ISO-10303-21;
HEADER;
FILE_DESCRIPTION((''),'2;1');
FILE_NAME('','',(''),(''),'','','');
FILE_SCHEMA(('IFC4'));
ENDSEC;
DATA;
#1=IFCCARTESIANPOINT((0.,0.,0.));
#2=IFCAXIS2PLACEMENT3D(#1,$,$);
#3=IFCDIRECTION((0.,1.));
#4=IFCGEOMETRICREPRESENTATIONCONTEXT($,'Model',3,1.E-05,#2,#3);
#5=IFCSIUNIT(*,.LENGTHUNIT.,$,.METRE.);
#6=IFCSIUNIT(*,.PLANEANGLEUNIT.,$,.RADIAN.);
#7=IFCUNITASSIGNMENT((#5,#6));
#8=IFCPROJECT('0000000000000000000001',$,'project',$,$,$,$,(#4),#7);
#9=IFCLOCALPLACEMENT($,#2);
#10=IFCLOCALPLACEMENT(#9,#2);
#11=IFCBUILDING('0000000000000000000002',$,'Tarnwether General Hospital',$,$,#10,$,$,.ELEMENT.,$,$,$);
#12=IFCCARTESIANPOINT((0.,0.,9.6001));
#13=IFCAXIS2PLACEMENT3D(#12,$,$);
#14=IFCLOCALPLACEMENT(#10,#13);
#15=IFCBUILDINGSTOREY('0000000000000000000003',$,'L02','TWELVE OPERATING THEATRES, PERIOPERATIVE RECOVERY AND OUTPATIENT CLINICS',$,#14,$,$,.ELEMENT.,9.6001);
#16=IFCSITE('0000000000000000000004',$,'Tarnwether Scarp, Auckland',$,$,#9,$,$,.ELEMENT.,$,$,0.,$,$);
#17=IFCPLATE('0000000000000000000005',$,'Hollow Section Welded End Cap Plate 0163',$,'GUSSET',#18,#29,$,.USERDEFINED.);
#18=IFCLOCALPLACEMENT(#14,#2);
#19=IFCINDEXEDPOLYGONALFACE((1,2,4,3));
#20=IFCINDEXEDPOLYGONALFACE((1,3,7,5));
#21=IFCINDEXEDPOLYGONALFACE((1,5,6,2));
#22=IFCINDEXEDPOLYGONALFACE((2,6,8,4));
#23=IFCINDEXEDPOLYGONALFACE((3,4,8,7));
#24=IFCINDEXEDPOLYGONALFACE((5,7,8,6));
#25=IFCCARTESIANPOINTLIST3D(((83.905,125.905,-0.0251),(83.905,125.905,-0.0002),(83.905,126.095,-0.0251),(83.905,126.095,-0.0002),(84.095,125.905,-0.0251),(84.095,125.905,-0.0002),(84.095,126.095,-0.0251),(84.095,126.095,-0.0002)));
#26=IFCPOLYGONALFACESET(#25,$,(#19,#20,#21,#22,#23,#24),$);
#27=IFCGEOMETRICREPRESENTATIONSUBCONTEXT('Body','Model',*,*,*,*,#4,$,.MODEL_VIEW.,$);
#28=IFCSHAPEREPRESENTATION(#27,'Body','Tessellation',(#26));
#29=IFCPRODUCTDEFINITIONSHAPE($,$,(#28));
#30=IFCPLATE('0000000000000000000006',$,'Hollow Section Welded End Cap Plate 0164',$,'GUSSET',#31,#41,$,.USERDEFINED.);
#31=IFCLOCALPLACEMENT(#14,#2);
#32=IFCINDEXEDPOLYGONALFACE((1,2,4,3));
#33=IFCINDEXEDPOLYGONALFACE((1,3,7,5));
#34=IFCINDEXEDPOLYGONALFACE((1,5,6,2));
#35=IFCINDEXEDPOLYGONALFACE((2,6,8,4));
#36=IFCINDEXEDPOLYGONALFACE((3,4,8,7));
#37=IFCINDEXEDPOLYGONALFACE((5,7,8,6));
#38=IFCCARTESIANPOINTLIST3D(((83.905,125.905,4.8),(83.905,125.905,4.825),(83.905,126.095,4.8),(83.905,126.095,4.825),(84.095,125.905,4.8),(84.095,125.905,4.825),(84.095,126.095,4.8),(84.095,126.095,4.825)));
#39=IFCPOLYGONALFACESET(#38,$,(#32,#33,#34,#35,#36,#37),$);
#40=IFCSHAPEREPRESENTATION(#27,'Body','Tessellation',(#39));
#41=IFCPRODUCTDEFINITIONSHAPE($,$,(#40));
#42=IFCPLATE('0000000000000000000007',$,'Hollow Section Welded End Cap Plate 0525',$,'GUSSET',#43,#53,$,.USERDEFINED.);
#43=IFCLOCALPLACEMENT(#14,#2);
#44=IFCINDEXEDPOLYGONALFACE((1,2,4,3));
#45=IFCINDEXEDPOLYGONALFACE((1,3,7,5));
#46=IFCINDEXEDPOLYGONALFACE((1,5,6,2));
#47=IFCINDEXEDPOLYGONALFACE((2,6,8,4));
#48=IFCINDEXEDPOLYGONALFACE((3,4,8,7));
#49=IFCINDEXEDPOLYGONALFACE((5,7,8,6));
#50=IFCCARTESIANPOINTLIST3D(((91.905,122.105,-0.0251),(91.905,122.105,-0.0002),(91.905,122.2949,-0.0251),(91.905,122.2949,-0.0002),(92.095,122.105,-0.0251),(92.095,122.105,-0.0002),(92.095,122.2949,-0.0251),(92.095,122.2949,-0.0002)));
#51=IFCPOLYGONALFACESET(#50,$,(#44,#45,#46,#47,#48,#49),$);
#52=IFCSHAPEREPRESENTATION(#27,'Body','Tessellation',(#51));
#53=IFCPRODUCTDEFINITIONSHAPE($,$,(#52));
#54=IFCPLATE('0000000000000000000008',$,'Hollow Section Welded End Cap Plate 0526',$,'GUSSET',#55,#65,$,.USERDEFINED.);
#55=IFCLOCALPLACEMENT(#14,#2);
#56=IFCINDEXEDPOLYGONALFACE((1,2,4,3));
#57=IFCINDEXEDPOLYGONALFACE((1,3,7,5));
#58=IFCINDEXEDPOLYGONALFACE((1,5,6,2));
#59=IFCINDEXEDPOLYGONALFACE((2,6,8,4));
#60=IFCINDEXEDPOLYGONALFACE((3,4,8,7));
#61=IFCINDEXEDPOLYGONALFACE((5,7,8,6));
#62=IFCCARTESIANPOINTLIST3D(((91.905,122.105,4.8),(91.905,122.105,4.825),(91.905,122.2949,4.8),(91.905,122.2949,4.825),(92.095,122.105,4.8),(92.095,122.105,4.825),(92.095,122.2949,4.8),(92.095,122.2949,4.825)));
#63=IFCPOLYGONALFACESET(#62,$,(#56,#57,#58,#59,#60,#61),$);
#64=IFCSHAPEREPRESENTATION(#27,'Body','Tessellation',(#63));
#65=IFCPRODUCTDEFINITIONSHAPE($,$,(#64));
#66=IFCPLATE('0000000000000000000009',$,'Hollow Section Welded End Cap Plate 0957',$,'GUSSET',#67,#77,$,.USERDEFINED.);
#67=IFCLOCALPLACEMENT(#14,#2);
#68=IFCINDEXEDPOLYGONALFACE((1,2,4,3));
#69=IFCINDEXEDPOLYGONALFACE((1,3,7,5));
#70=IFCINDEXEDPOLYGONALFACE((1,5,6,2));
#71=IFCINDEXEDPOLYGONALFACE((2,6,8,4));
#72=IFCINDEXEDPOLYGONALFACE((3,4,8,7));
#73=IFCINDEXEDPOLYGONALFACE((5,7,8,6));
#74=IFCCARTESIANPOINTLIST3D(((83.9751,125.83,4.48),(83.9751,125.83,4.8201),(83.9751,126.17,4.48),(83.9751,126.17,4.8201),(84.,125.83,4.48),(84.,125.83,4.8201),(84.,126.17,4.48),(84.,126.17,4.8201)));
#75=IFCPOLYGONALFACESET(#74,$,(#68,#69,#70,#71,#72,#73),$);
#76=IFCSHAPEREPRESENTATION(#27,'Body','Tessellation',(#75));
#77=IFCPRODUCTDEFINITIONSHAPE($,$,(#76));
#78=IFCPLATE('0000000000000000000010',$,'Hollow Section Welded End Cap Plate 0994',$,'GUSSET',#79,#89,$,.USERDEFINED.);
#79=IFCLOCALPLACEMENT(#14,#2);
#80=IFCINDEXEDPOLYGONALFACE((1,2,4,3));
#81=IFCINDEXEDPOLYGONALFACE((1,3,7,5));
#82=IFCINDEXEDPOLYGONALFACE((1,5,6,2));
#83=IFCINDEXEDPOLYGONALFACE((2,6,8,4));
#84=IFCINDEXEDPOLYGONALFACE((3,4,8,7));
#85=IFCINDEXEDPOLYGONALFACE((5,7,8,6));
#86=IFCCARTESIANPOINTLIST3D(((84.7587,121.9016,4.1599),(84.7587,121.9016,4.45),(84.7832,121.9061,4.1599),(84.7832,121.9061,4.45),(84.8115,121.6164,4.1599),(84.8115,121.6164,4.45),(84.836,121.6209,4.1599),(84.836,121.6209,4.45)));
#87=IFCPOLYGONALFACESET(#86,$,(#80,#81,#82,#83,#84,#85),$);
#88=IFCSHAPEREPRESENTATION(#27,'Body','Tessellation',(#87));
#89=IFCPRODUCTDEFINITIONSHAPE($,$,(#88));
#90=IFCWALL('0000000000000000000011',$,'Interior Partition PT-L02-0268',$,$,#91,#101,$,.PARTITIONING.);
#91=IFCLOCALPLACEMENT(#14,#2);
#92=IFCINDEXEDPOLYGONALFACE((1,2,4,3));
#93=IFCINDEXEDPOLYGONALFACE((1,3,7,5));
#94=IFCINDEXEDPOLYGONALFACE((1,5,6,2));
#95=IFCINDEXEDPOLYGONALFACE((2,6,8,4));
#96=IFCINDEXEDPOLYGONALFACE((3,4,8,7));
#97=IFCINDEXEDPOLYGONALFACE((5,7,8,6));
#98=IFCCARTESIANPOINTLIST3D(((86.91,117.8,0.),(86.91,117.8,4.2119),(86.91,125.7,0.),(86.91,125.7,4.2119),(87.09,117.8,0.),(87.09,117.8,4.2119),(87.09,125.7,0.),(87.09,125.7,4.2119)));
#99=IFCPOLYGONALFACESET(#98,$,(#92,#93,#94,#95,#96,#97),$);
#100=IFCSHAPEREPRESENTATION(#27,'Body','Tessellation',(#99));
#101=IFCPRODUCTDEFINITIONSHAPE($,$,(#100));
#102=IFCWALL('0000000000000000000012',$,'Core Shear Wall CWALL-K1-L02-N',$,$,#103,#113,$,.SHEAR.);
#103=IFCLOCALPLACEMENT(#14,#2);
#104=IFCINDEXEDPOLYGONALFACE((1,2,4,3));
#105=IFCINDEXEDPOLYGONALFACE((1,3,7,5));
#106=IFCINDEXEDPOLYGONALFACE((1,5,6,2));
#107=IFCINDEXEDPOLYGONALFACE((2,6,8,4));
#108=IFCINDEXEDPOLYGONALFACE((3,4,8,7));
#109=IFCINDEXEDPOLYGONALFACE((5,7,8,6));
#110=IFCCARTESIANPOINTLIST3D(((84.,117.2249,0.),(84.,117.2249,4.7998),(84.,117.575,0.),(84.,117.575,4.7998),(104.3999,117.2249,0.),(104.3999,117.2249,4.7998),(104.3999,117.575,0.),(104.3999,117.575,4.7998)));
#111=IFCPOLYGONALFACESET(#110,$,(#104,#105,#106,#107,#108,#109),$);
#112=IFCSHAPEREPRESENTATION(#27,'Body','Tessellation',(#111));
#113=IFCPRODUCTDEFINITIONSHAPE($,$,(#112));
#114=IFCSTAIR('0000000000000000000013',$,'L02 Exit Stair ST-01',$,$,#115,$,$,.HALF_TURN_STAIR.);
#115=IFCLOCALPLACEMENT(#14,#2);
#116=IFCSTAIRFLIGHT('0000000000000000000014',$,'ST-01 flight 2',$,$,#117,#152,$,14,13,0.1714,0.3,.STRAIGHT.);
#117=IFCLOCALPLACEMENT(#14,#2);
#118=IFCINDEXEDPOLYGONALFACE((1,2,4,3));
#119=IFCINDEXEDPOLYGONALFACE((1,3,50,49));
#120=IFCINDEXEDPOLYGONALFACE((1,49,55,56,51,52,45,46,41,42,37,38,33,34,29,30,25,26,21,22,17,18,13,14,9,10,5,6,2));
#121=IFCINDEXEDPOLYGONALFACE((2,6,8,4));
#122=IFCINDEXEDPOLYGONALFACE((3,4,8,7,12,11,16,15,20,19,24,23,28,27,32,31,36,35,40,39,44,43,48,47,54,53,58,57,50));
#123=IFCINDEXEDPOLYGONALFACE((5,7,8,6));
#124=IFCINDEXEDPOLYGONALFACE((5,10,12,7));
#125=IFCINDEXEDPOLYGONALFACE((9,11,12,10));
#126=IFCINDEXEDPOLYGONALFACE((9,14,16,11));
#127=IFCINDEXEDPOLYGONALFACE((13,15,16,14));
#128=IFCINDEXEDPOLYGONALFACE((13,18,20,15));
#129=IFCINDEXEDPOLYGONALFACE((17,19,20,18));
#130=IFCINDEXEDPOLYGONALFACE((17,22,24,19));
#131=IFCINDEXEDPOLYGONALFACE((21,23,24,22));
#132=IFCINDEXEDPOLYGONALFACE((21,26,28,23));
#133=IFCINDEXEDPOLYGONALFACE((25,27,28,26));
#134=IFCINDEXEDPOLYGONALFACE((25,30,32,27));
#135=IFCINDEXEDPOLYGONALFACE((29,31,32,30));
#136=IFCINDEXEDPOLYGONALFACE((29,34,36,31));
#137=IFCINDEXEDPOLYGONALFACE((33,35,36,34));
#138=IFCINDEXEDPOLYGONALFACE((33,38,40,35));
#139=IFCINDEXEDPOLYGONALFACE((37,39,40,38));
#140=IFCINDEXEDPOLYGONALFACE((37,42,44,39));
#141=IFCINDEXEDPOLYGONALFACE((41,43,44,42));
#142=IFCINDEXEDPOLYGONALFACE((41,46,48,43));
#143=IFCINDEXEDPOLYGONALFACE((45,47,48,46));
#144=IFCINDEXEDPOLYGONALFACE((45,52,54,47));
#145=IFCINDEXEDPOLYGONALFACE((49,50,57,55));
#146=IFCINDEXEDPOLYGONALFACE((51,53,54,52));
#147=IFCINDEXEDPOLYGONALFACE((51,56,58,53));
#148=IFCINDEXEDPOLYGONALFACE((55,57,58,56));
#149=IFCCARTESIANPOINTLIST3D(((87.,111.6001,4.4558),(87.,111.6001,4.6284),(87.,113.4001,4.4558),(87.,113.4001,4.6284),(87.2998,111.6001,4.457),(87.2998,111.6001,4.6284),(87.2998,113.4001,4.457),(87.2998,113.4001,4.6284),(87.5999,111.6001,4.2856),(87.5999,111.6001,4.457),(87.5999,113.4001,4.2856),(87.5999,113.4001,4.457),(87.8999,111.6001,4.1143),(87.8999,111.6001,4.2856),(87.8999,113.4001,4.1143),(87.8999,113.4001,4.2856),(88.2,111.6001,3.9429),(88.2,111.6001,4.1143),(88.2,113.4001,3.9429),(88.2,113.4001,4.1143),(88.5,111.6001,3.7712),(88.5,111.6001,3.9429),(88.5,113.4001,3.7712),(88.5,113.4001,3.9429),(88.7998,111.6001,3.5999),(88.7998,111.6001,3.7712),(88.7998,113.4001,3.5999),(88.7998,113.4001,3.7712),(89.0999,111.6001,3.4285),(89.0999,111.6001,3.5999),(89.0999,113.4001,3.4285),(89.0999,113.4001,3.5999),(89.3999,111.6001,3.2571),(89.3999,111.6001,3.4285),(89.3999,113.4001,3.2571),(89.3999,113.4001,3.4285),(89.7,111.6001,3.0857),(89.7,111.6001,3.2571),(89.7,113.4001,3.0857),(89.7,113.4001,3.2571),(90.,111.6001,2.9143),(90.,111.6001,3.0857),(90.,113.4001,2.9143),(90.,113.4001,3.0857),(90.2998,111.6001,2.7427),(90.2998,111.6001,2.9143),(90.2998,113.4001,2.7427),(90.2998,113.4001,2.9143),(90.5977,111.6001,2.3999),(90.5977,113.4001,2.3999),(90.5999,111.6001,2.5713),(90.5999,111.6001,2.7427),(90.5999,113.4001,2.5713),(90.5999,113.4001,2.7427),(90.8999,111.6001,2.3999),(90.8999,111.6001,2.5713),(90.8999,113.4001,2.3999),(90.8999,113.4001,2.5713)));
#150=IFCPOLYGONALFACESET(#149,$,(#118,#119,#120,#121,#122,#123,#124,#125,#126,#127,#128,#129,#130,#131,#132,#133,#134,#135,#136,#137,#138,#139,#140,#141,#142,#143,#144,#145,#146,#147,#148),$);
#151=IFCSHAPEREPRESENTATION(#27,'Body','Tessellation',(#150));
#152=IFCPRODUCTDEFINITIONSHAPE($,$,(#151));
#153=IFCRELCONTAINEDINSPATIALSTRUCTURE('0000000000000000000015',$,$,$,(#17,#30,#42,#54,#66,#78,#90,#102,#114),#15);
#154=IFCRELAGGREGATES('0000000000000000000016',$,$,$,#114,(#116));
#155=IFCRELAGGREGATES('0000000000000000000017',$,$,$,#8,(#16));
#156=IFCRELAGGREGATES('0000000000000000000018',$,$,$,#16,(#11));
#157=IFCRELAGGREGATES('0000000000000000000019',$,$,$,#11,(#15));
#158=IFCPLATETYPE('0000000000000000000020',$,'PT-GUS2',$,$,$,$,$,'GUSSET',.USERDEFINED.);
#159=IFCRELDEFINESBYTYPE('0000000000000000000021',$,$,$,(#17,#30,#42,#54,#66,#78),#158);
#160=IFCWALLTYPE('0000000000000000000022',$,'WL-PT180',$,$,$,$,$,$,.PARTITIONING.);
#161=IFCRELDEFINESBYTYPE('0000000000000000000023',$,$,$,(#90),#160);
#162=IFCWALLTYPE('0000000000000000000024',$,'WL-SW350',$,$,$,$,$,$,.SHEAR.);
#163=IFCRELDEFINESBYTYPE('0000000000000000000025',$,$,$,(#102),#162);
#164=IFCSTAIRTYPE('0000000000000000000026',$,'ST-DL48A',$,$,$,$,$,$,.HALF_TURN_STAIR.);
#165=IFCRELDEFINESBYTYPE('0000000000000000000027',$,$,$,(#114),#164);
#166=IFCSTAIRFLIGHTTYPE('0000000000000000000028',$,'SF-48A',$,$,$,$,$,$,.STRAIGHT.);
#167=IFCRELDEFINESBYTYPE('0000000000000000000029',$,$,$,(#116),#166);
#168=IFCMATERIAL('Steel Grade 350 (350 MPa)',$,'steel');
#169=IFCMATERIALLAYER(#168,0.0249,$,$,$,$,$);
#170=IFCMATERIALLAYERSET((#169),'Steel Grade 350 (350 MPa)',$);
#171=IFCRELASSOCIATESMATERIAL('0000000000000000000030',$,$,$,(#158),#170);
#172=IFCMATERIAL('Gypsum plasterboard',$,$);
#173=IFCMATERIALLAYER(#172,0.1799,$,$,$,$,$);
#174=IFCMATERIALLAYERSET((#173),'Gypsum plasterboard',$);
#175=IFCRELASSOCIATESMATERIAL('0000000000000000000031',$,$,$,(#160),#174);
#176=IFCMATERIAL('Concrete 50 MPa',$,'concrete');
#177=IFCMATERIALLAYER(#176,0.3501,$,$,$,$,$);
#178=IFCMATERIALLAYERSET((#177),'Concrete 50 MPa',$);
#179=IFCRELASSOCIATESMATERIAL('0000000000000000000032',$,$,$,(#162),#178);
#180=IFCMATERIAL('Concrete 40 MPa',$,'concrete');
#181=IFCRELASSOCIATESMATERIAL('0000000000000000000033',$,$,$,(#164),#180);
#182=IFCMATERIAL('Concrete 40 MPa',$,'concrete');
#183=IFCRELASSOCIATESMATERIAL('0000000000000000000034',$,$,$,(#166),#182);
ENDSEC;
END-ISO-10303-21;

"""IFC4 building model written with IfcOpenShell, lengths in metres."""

from ifc_helpers import new_model, si_unit, direction, frame, frame_2d, origin, origin_2d, place, context, subcontext, project, spatial, polyline, rectangle, outline, extrude, material, layer, layer_set, type_object, element, aggregate, save


model = new_model("IFC4")

# Units and contexts
model_context = context("Model", 3, precision=1e-05, world=origin(), true_north=direction((0.0, 1.0)))
body_context = subcontext(model_context, "Body", "Model", "MODEL_VIEW")
ifc_project = project(units=[si_unit("LENGTHUNIT", "METRE"), si_unit("PLANEANGLEUNIT", "RADIAN")], contexts=[model_context])

# Site, building, storey
site_placement = place(None, origin())
site = spatial("IfcSite", under=ifc_project, at=site_placement, Name="Tarnwether Scarp, Auckland", CompositionType="ELEMENT", RefElevation=0.0)
building_placement = place(site_placement, origin())
building = spatial("IfcBuilding", under=site, at=building_placement, Name="Tarnwether General Hospital", CompositionType="ELEMENT")
storey_placement = place(building_placement, frame((0.0, 0.0, 9.6001)))
storey = spatial("IfcBuildingStorey", under=building, at=storey_placement, Name="L02", Description="TWELVE OPERATING THEATRES, PERIOPERATIVE RECOVERY AND OUTPATIENT CLINICS", CompositionType="ELEMENT", Elevation=9.6001)

# Plates
ifc_material_1 = material(Name="Steel Grade 350 (350 MPa)", Category="steel")
ifc_layer_1 = layer(ifc_material_1, 0.0249)
ifc_layer_set_1 = layer_set([ifc_layer_1], Name="Steel Grade 350 (350 MPa)")
plate_type_1 = type_object("IfcPlateType", Name="PT-GUS2", ElementType="GUSSET", PredefinedType="USERDEFINED", material=ifc_layer_set_1)
for number, where, z_axis, x_axis, name in (
    (1, (84.0, 126.0, -0.0251), (0.0, 0.0, 1.0), (1.0, 0.0, 0.0), "Hollow Section Welded End Cap Plate 0163"),
    (2, (84.0, 126.0, 4.8), (0.0, 0.0, 1.0), (1.0, 0.0, 0.0), "Hollow Section Welded End Cap Plate 0164"),
    (3, (92.0, 122.2, -0.0251), (0.0, 0.0, 1.0), (1.0, 0.0, 0.0), "Hollow Section Welded End Cap Plate 0525"),
    (4, (92.0, 122.2, 4.8), (0.0, 0.0, 1.0), (1.0, 0.0, 0.0), "Hollow Section Welded End Cap Plate 0526"),
):
    element("IfcPlate", number, at=place(storey_placement, frame(where, z_axis=z_axis, x_axis=x_axis)), inside=storey, type_object=plate_type_1, Name=name, ObjectType="GUSSET", PredefinedType="USERDEFINED", context=body_context, shape_type="SweptSolid", body=[
        extrude(rectangle(XDim=0.1899, YDim=0.1899, at=origin_2d()), origin(), (0.0, 0.0, 1.0), 0.0249),
    ])
plate_1_placement = place(storey_placement, frame((83.9875, 126.0, 4.48), z_axis=(0.0, 0.0, 1.0), x_axis=(1.0, 0.0, 0.0)))
element("IfcPlate", 5, at=plate_1_placement, inside=storey, type_object=plate_type_1, Name="Hollow Section Welded End Cap Plate 0957", ObjectType="GUSSET", PredefinedType="USERDEFINED", context=body_context, shape_type="SweptSolid", body=[
    extrude(rectangle(XDim=0.0249, YDim=0.3401, at=origin_2d()), origin(), (0.0, 0.0, 1.0), 0.3401),
])
plate_2_placement = place(storey_placement, frame((84.7974, 121.7612, 4.1599), z_axis=(0.0, 0.0, 1.0), x_axis=(0.983261, 0.182201, 0.0)))
element("IfcPlate", 6, at=plate_2_placement, inside=storey, type_object=plate_type_1, Name="Hollow Section Welded End Cap Plate 0994", ObjectType="GUSSET", PredefinedType="USERDEFINED", context=body_context, shape_type="SweptSolid", body=[
    extrude(rectangle(XDim=0.0249, YDim=0.29, at=origin_2d()), origin(), (0.0, 0.0, 1.0), 0.29),
])

# Walls
ifc_material_2 = material(Name="Gypsum plasterboard")
ifc_layer_2 = layer(ifc_material_2, 0.1799)
ifc_layer_set_2 = layer_set([ifc_layer_2], Name="Gypsum plasterboard")
wall_type_1 = type_object("IfcWallType", Name="WL-PT180", PredefinedType="PARTITIONING", material=ifc_layer_set_2)
wall_1_placement = place(storey_placement, frame((87.0, 117.8, 0.0), z_axis=(0.0, 0.0, 1.0), x_axis=(0.0, 1.0, 0.0)))
element("IfcWall", 7, at=wall_1_placement, inside=storey, type_object=wall_type_1, Name="Interior Partition PT-L02-0268", PredefinedType="PARTITIONING", context=body_context, shape_type="SweptSolid", body=[
    extrude(rectangle(XDim=7.8999, YDim=0.1799, at=frame_2d((3.95, 0.0))), origin(), (0.0, 0.0, 1.0), 4.2119),
])
ifc_material_3 = material(Name="Concrete 50 MPa", Category="concrete")
ifc_layer_3 = layer(ifc_material_3, 0.3501)
ifc_layer_set_3 = layer_set([ifc_layer_3], Name="Concrete 50 MPa")
wall_type_2 = type_object("IfcWallType", Name="WL-SW350", PredefinedType="SHEAR", material=ifc_layer_set_3)
wall_2_placement = place(storey_placement, frame((84.0, 117.3999, 0.0), z_axis=(0.0, 0.0, 1.0), x_axis=(1.0, 0.0, 0.0)))
element("IfcWall", 8, at=wall_2_placement, inside=storey, type_object=wall_type_2, Name="Core Shear Wall CWALL-K1-L02-N", PredefinedType="SHEAR", context=body_context, shape_type="SweptSolid", body=[
    extrude(rectangle(XDim=20.3999, YDim=0.3501, at=frame_2d((10.2, 0.0))), origin(), (0.0, 0.0, 1.0), 4.7998),
])

# Stair, stair flight
ifc_material_4 = material(Name="Concrete 40 MPa", Category="concrete")
stair_type = type_object("IfcStairType", Name="ST-DL48A", PredefinedType="HALF_TURN_STAIR", material=ifc_material_4)
stair_placement = place(storey_placement, origin())
stair = element("IfcStair", 9, at=stair_placement, inside=storey, type_object=stair_type, Name="L02 Exit Stair ST-01", PredefinedType="HALF_TURN_STAIR")
ifc_material_5 = material(Name="Concrete 40 MPa", Category="concrete")
stair_flight_type = type_object("IfcStairFlightType", Name="SF-48A", PredefinedType="STRAIGHT", material=ifc_material_5)
stair_flight_placement = place(storey_placement, frame((90.8999, 112.5, 2.3999), z_axis=(0.0, 0.0, 1.0), x_axis=(-1.0, 0.0, 0.0)))
stair_flight = element("IfcStairFlight", 10, at=stair_flight_placement, type_object=stair_flight_type, Name="ST-01 flight 2", NumberOfRisers=14, NumberOfTreads=13, PredefinedType="STRAIGHT", RiserHeight=0.1714, TreadLength=0.3, context=body_context, shape_type="SweptSolid", body=[
    extrude(outline(polyline([(0.0, 0.0), (0.0, 0.1714), (0.3, 0.1714), (0.3, 0.3428), (0.6001, 0.3428), (0.6001, 0.5144), (0.8999, 0.5144), (0.8999, 0.6858), (1.2, 0.6858), (1.2, 0.8572), (1.5, 0.8572), (1.5, 1.0286), (1.8, 1.0286), (1.8, 1.2), (2.1001, 1.2), (2.1001, 1.3713), (2.3999, 1.3713), (2.3999, 1.543), (2.7, 1.543), (2.7, 1.7144), (3.0, 1.7144), (3.0, 1.8857), (3.3, 1.8857), (3.3, 2.0571), (3.6001, 2.0571), (3.6001, 2.2285), (3.8999, 2.2285), (3.8999, 2.3999), (3.8999, 2.0559), (0.3022, 0.0), (0.0, 0.0)])), frame((0.0, 0.8999, 0.0), z_axis=(0.0, -1.0, 0.0), x_axis=(1.0, 0.0, 0.0)), (0.0, 0.0, 1.0), 1.8),
])
aggregate(stair, [stair_flight])

save(model, "model.ifc")
